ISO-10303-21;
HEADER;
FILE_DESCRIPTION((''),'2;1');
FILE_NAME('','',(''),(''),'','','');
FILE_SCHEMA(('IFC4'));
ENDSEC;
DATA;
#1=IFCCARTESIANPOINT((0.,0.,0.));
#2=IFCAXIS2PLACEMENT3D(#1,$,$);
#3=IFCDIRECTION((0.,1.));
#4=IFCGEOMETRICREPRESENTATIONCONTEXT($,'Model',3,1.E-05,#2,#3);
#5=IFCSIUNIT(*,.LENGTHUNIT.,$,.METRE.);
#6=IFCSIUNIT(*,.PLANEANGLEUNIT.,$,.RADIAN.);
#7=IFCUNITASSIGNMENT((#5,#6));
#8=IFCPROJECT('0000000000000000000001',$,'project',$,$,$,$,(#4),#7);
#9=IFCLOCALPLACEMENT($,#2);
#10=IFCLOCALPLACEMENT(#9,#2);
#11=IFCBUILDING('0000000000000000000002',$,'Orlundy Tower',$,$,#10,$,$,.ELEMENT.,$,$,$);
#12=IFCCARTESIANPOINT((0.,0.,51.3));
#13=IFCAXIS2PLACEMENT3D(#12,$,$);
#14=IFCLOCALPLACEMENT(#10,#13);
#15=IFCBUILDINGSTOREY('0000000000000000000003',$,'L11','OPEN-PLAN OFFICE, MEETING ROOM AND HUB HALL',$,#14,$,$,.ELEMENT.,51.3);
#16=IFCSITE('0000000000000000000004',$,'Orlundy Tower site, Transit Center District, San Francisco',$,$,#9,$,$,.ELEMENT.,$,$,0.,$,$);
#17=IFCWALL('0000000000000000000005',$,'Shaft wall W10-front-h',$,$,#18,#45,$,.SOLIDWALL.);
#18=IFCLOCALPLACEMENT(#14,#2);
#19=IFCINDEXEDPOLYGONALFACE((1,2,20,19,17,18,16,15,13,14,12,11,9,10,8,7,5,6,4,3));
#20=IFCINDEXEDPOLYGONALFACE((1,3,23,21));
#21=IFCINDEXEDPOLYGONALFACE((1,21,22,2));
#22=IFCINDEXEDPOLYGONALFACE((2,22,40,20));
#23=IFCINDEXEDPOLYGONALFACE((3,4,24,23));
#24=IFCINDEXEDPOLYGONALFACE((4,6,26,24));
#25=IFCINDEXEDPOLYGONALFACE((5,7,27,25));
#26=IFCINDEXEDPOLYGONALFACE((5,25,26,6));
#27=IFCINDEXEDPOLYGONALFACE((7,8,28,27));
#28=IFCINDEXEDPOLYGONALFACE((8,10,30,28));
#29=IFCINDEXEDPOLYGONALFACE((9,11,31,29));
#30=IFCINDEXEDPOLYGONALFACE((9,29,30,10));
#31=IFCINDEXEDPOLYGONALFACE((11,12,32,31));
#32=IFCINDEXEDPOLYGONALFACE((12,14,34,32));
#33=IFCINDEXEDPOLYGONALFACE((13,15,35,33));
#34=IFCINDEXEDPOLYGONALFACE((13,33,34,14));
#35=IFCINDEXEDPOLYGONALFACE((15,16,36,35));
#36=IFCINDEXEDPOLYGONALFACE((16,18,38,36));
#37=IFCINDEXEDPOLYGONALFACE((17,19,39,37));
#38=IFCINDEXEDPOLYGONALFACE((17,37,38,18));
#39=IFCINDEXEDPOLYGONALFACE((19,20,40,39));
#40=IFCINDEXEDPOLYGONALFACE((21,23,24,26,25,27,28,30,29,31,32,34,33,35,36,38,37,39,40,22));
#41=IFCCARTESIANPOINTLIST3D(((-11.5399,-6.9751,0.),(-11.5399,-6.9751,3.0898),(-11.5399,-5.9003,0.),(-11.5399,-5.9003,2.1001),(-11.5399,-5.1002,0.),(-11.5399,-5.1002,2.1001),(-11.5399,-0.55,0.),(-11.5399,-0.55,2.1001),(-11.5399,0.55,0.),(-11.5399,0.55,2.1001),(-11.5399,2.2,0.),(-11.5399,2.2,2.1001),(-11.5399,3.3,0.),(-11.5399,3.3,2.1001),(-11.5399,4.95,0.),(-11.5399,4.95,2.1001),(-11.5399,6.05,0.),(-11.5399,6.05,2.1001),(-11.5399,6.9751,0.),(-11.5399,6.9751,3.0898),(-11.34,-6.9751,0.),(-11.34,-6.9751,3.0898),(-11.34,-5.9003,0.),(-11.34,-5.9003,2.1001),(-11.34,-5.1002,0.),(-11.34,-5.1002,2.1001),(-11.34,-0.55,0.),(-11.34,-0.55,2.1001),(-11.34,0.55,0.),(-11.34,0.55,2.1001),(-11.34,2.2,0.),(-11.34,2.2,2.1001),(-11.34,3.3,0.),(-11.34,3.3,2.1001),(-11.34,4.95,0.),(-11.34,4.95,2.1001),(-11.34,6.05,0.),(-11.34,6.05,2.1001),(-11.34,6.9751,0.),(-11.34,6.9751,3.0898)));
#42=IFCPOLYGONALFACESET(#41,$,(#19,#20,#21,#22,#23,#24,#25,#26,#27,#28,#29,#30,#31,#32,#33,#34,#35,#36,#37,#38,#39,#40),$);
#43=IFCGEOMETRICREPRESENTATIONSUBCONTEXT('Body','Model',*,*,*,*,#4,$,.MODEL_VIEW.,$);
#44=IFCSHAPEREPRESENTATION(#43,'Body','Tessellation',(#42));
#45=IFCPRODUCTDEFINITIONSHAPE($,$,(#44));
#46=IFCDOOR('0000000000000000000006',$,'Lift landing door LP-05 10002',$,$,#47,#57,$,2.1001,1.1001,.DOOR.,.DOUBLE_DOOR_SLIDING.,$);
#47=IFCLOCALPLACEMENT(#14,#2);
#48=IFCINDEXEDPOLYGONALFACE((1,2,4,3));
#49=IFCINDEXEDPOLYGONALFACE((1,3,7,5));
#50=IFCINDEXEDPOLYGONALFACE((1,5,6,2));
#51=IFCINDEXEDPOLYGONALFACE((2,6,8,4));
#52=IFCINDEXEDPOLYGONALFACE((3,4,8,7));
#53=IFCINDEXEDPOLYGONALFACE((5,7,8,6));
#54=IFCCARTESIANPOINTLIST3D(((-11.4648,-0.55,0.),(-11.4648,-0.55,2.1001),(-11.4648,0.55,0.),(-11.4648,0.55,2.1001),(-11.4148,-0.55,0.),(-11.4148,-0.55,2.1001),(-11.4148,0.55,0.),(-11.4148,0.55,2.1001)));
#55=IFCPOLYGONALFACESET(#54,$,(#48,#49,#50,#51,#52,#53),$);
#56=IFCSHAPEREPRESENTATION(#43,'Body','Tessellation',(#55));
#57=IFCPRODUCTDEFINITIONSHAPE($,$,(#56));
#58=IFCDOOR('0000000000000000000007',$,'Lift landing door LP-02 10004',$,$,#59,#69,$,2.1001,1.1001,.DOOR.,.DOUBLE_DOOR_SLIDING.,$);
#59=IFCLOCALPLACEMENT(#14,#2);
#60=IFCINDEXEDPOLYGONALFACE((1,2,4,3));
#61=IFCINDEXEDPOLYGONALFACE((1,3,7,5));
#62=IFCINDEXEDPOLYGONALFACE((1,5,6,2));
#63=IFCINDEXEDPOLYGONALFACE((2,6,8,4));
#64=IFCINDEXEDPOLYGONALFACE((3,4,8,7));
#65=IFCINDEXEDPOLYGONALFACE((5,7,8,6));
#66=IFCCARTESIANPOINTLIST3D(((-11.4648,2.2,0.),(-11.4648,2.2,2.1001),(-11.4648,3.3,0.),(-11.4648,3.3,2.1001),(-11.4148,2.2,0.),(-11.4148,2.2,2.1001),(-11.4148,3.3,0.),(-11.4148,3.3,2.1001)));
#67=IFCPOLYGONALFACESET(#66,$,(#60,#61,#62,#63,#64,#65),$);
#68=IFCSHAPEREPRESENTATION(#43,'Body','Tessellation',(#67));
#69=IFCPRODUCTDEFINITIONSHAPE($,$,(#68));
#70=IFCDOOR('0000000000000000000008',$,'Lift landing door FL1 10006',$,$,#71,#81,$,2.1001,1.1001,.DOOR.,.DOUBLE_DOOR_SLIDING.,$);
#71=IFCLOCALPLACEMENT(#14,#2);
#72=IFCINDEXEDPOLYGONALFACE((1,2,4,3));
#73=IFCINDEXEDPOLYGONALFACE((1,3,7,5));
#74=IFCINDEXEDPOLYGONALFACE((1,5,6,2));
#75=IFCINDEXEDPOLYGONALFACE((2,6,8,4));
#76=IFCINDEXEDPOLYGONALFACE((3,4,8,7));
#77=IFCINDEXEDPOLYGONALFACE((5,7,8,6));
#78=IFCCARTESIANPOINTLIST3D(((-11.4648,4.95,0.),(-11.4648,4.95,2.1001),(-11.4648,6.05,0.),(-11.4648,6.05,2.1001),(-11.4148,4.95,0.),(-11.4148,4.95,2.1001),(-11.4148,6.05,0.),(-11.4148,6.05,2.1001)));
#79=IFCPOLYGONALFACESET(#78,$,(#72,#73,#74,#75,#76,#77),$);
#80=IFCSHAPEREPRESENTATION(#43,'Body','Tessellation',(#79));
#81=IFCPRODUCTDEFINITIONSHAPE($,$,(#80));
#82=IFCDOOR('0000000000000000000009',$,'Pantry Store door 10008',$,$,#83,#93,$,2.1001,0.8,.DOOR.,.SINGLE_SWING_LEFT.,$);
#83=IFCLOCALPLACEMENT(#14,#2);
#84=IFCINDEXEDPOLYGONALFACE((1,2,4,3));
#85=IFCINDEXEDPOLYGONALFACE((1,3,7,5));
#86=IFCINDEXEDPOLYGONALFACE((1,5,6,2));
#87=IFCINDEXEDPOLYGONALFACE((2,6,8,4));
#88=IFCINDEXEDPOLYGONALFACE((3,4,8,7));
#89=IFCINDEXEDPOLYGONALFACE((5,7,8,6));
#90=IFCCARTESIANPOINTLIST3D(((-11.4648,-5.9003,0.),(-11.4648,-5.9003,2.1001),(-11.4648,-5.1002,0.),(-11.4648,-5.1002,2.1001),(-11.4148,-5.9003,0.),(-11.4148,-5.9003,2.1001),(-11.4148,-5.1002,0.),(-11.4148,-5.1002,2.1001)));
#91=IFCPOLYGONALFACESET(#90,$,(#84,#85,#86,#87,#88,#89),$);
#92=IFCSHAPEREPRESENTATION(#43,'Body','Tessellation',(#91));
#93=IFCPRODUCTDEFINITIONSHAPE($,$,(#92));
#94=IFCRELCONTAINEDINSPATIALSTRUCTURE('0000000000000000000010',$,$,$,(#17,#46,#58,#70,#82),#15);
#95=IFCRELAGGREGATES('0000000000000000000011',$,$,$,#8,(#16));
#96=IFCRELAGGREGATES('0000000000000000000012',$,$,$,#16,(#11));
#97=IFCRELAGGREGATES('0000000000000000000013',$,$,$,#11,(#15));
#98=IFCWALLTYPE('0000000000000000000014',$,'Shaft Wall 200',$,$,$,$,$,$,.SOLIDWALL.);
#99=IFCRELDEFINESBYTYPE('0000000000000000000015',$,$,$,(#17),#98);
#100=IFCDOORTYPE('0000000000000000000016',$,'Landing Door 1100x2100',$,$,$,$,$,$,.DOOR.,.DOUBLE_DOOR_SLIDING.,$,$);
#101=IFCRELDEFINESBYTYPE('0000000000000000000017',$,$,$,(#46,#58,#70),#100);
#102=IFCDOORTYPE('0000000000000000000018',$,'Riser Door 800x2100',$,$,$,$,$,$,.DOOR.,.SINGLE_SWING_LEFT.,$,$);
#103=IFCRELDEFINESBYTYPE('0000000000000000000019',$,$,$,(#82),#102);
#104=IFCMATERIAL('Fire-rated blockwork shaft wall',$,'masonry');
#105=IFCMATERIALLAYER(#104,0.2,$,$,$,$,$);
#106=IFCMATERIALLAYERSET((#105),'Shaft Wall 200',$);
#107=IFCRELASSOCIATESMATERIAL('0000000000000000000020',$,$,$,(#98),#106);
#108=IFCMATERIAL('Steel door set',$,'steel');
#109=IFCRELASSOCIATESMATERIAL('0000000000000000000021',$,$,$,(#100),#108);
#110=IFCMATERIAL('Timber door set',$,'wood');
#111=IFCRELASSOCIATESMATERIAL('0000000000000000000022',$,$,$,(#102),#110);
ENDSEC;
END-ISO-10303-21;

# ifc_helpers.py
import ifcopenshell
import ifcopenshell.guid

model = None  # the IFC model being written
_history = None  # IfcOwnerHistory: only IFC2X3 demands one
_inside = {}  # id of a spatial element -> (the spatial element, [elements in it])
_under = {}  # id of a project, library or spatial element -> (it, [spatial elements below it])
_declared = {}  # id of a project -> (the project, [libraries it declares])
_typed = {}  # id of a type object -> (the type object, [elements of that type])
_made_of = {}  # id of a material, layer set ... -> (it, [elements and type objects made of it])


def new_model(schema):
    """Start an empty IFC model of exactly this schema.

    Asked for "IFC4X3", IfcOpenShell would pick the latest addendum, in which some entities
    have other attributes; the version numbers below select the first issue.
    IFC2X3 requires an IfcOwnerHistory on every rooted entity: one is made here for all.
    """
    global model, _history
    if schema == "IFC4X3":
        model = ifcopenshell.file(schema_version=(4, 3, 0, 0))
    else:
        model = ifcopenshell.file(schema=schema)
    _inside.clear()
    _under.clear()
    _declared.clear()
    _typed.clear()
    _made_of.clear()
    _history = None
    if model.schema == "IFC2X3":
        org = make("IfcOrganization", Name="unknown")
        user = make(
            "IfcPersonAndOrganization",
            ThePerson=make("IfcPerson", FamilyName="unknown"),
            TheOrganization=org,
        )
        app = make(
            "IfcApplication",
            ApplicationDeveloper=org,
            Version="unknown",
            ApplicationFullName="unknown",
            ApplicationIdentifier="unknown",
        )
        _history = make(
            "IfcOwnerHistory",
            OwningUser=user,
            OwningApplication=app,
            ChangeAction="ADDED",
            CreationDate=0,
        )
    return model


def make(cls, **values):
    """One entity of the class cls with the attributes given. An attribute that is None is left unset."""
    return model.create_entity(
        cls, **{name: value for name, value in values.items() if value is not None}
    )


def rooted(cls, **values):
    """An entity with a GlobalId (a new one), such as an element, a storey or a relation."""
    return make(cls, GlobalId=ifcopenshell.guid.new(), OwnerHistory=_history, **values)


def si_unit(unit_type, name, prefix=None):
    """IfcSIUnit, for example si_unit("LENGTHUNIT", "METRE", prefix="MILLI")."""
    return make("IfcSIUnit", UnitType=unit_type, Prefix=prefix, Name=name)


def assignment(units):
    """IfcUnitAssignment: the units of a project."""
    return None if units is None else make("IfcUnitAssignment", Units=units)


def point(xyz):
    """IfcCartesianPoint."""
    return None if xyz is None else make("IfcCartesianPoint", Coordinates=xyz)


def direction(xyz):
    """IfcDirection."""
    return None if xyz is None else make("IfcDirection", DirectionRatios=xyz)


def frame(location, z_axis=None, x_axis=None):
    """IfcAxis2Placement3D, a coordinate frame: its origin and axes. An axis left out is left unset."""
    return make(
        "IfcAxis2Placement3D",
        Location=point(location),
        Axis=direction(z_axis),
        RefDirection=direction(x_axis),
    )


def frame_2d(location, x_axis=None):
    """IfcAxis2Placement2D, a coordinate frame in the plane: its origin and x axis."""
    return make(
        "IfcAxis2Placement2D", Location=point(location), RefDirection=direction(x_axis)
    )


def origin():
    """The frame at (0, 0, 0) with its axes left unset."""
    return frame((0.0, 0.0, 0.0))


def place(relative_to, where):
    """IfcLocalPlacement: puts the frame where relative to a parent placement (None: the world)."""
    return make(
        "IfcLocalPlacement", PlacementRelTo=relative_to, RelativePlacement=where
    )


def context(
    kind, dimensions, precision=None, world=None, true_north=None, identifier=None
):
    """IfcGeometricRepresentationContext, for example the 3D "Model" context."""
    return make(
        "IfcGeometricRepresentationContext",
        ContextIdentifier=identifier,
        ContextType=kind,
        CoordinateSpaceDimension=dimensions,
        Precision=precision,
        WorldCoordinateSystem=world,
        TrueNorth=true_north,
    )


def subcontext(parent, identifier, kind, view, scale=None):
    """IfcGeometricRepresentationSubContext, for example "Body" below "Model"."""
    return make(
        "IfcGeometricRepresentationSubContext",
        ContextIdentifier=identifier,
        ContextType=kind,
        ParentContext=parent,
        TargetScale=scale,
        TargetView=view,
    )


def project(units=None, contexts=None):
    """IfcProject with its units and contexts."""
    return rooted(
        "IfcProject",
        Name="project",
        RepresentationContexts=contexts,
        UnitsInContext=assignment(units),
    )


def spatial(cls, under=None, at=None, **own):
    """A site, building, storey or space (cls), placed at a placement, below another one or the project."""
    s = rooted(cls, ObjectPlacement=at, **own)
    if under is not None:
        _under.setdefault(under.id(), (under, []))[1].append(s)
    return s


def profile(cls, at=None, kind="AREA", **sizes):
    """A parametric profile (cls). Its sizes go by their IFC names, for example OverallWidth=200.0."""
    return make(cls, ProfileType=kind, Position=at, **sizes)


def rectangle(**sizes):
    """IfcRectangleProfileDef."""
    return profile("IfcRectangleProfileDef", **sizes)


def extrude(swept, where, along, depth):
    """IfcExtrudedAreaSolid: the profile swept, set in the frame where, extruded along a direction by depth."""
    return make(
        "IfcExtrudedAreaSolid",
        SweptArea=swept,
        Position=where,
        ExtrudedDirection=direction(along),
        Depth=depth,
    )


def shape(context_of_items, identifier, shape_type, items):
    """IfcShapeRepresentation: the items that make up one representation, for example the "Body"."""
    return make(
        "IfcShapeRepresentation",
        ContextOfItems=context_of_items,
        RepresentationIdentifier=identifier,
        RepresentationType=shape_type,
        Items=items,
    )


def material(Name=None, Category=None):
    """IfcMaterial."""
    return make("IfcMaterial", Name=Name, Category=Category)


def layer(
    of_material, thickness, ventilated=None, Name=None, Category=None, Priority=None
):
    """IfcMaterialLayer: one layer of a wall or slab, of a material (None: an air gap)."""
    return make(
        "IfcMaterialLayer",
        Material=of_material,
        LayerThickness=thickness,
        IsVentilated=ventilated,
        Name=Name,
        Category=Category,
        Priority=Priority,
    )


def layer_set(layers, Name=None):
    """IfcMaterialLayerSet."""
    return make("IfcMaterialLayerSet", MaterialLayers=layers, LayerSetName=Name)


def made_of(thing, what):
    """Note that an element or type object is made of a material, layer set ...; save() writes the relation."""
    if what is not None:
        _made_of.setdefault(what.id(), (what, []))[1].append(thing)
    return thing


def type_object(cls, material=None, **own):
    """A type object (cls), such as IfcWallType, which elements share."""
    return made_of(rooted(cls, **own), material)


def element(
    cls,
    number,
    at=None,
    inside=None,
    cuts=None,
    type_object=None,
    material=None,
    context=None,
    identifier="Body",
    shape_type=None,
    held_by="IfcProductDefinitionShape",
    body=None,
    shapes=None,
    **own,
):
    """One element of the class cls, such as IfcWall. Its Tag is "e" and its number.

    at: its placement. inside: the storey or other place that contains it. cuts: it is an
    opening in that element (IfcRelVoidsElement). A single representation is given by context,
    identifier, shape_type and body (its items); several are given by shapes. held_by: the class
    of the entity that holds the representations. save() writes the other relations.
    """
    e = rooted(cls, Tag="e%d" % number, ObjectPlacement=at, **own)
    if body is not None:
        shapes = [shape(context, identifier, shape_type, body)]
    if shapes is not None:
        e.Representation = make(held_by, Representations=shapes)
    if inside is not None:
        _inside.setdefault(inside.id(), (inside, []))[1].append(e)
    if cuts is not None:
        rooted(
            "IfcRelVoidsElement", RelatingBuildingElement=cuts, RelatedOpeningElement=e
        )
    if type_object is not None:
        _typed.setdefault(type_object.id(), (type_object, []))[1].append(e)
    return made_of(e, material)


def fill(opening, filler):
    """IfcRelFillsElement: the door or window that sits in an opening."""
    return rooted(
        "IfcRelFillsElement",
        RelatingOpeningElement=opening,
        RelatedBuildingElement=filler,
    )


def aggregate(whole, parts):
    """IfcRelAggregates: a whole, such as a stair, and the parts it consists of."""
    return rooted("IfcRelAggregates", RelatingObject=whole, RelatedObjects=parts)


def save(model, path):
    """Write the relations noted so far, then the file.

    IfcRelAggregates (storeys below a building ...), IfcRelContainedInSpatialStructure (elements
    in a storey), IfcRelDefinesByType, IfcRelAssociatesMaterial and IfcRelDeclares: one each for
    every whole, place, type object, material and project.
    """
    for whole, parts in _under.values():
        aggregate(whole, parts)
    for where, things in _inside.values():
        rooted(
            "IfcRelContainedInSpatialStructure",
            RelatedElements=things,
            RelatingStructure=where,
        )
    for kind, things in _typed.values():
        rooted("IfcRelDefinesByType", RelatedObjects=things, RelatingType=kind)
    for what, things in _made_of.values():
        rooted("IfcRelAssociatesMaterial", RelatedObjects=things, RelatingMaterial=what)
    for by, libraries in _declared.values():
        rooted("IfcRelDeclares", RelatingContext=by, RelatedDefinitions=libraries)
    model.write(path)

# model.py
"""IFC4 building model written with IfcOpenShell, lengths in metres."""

from ifc_helpers import new_model, si_unit, direction, frame, frame_2d, origin, place, context, subcontext, project, spatial, rectangle, extrude, material, layer, layer_set, type_object, element, fill, save


model = new_model("IFC4")

# Units and contexts
model_context = context("Model", 3, precision=1e-05, world=origin(), true_north=direction((0.0, 1.0)))
body_context = subcontext(model_context, "Body", "Model", "MODEL_VIEW")
ifc_project = project(units=[si_unit("LENGTHUNIT", "METRE"), si_unit("PLANEANGLEUNIT", "RADIAN")], contexts=[model_context])

# Site, building, storey
site_placement = place(None, origin())
site = spatial("IfcSite", under=ifc_project, at=site_placement, Name="Orlundy Tower site, Transit Center District, San Francisco", CompositionType="ELEMENT", RefElevation=0.0)
building_placement = place(site_placement, origin())
building = spatial("IfcBuilding", under=site, at=building_placement, Name="Orlundy Tower", CompositionType="ELEMENT")
storey_placement = place(building_placement, frame((0.0, 0.0, 51.3)))
storey = spatial("IfcBuildingStorey", under=building, at=storey_placement, Name="L11", Description="OPEN-PLAN OFFICE, MEETING ROOM AND HUB HALL", CompositionType="ELEMENT", Elevation=51.3)

# Shared definitions
ifc_material_1 = material(Name="Fire-rated blockwork shaft wall", Category="masonry")
ifc_layer_1 = layer(ifc_material_1, 0.2)
ifc_layer_set_1 = layer_set([ifc_layer_1], Name="Shaft Wall 200")
wall_type_1 = type_object("IfcWallType", Name="Shaft Wall 200", PredefinedType="SOLIDWALL", material=ifc_layer_set_1)

# Wall, openings, doors
wall_1_placement = place(storey_placement, frame((-11.4399, -6.9751, 0.0), z_axis=(0.0, 0.0, 1.0), x_axis=(0.0, 1.0, 0.0)))
wall_1 = element("IfcWall", 1, at=wall_1_placement, inside=storey, type_object=wall_type_1, Name="Shaft wall W10-front-h", PredefinedType="SOLIDWALL", context=body_context, shape_type="SweptSolid", body=[
    extrude(rectangle(XDim=13.9502, YDim=0.2, at=frame_2d((6.9751, 0.0))), origin(), (0.0, 0.0, 1.0), 3.0898),
])
opening_1_placement = place(wall_1_placement, frame((6.425, 0.0, 0.0)))
opening_1 = element("IfcOpeningElement", 2, at=opening_1_placement, cuts=wall_1, PredefinedType="OPENING", context=body_context, shape_type="SweptSolid", body=[
    extrude(rectangle(XDim=1.1001, YDim=2.1001, at=frame_2d((0.55, 1.05))), frame((0.0, 0.1101, 0.0), z_axis=(0.0, -1.0, 0.0), x_axis=(1.0, 0.0, 0.0)), (0.0, 0.0, 1.0), 0.2202),
])
opening_2_placement = place(wall_1_placement, frame((9.175, 0.0, 0.0)))
opening_2 = element("IfcOpeningElement", 3, at=opening_2_placement, cuts=wall_1, PredefinedType="OPENING", context=body_context, shape_type="SweptSolid", body=[
    extrude(rectangle(XDim=1.1001, YDim=2.1001, at=frame_2d((0.55, 1.05))), frame((0.0, 0.1101, 0.0), z_axis=(0.0, -1.0, 0.0), x_axis=(1.0, 0.0, 0.0)), (0.0, 0.0, 1.0), 0.2202),
])
opening_3_placement = place(wall_1_placement, frame((11.925, 0.0, 0.0)))
opening_3 = element("IfcOpeningElement", 4, at=opening_3_placement, cuts=wall_1, PredefinedType="OPENING", context=body_context, shape_type="SweptSolid", body=[
    extrude(rectangle(XDim=1.1001, YDim=2.1001, at=frame_2d((0.55, 1.05))), frame((0.0, 0.1101, 0.0), z_axis=(0.0, -1.0, 0.0), x_axis=(1.0, 0.0, 0.0)), (0.0, 0.0, 1.0), 0.2202),
])
opening_4_placement = place(wall_1_placement, frame((1.075, 0.0, 0.0)))
opening_4 = element("IfcOpeningElement", 5, at=opening_4_placement, cuts=wall_1, PredefinedType="OPENING", context=body_context, shape_type="SweptSolid", body=[
    extrude(rectangle(XDim=0.8, YDim=2.1001, at=frame_2d((0.3999, 1.05))), frame((0.0, 0.1101, 0.0), z_axis=(0.0, -1.0, 0.0), x_axis=(1.0, 0.0, 0.0)), (0.0, 0.0, 1.0), 0.2202),
])
ifc_material_2 = material(Name="Steel door set", Category="steel")
door_type_1 = type_object("IfcDoorType", Name="Landing Door 1100x2100", OperationType="DOUBLE_DOOR_SLIDING", PredefinedType="DOOR", material=ifc_material_2)
door_1_placement = place(opening_1_placement, origin())
door_1 = element("IfcDoor", 6, at=door_1_placement, inside=storey, type_object=door_type_1, Name="Lift landing door LP-05 10002", OperationType="DOUBLE_DOOR_SLIDING", OverallHeight=2.1001, OverallWidth=1.1001, PredefinedType="DOOR", context=body_context, shape_type="SweptSolid", body=[
    extrude(rectangle(XDim=1.1001, YDim=2.1001, at=frame_2d((0.55, 1.05))), frame((0.0, 0.0249, 0.0), z_axis=(0.0, -1.0, 0.0), x_axis=(1.0, 0.0, 0.0)), (0.0, 0.0, 1.0), 0.05),
])
fill(opening_1, door_1)
door_2_placement = place(opening_2_placement, origin())
door_2 = element("IfcDoor", 7, at=door_2_placement, inside=storey, type_object=door_type_1, Name="Lift landing door LP-02 10004", OperationType="DOUBLE_DOOR_SLIDING", OverallHeight=2.1001, OverallWidth=1.1001, PredefinedType="DOOR", context=body_context, shape_type="SweptSolid", body=[
    extrude(rectangle(XDim=1.1001, YDim=2.1001, at=frame_2d((0.55, 1.05))), frame((0.0, 0.0249, 0.0), z_axis=(0.0, -1.0, 0.0), x_axis=(1.0, 0.0, 0.0)), (0.0, 0.0, 1.0), 0.05),
])
fill(opening_2, door_2)
door_3_placement = place(opening_3_placement, origin())
door_3 = element("IfcDoor", 8, at=door_3_placement, inside=storey, type_object=door_type_1, Name="Lift landing door FL1 10006", OperationType="DOUBLE_DOOR_SLIDING", OverallHeight=2.1001, OverallWidth=1.1001, PredefinedType="DOOR", context=body_context, shape_type="SweptSolid", body=[
    extrude(rectangle(XDim=1.1001, YDim=2.1001, at=frame_2d((0.55, 1.05))), frame((0.0, 0.0249, 0.0), z_axis=(0.0, -1.0, 0.0), x_axis=(1.0, 0.0, 0.0)), (0.0, 0.0, 1.0), 0.05),
])
fill(opening_3, door_3)
ifc_material_3 = material(Name="Timber door set", Category="wood")
door_type_2 = type_object("IfcDoorType", Name="Riser Door 800x2100", OperationType="SINGLE_SWING_LEFT", PredefinedType="DOOR", material=ifc_material_3)
door_4_placement = place(opening_4_placement, origin())
door_4 = element("IfcDoor", 9, at=door_4_placement, inside=storey, type_object=door_type_2, Name="Pantry Store door 10008", OperationType="SINGLE_SWING_LEFT", OverallHeight=2.1001, OverallWidth=0.8, PredefinedType="DOOR", context=body_context, shape_type="SweptSolid", body=[
    extrude(rectangle(XDim=0.8, YDim=2.1001, at=frame_2d((0.3999, 1.05))), frame((0.0, 0.0249, 0.0), z_axis=(0.0, -1.0, 0.0), x_axis=(1.0, 0.0, 0.0)), (0.0, 0.0, 1.0), 0.05),
])
fill(opening_4, door_4)

save(model, "model.ifc")
